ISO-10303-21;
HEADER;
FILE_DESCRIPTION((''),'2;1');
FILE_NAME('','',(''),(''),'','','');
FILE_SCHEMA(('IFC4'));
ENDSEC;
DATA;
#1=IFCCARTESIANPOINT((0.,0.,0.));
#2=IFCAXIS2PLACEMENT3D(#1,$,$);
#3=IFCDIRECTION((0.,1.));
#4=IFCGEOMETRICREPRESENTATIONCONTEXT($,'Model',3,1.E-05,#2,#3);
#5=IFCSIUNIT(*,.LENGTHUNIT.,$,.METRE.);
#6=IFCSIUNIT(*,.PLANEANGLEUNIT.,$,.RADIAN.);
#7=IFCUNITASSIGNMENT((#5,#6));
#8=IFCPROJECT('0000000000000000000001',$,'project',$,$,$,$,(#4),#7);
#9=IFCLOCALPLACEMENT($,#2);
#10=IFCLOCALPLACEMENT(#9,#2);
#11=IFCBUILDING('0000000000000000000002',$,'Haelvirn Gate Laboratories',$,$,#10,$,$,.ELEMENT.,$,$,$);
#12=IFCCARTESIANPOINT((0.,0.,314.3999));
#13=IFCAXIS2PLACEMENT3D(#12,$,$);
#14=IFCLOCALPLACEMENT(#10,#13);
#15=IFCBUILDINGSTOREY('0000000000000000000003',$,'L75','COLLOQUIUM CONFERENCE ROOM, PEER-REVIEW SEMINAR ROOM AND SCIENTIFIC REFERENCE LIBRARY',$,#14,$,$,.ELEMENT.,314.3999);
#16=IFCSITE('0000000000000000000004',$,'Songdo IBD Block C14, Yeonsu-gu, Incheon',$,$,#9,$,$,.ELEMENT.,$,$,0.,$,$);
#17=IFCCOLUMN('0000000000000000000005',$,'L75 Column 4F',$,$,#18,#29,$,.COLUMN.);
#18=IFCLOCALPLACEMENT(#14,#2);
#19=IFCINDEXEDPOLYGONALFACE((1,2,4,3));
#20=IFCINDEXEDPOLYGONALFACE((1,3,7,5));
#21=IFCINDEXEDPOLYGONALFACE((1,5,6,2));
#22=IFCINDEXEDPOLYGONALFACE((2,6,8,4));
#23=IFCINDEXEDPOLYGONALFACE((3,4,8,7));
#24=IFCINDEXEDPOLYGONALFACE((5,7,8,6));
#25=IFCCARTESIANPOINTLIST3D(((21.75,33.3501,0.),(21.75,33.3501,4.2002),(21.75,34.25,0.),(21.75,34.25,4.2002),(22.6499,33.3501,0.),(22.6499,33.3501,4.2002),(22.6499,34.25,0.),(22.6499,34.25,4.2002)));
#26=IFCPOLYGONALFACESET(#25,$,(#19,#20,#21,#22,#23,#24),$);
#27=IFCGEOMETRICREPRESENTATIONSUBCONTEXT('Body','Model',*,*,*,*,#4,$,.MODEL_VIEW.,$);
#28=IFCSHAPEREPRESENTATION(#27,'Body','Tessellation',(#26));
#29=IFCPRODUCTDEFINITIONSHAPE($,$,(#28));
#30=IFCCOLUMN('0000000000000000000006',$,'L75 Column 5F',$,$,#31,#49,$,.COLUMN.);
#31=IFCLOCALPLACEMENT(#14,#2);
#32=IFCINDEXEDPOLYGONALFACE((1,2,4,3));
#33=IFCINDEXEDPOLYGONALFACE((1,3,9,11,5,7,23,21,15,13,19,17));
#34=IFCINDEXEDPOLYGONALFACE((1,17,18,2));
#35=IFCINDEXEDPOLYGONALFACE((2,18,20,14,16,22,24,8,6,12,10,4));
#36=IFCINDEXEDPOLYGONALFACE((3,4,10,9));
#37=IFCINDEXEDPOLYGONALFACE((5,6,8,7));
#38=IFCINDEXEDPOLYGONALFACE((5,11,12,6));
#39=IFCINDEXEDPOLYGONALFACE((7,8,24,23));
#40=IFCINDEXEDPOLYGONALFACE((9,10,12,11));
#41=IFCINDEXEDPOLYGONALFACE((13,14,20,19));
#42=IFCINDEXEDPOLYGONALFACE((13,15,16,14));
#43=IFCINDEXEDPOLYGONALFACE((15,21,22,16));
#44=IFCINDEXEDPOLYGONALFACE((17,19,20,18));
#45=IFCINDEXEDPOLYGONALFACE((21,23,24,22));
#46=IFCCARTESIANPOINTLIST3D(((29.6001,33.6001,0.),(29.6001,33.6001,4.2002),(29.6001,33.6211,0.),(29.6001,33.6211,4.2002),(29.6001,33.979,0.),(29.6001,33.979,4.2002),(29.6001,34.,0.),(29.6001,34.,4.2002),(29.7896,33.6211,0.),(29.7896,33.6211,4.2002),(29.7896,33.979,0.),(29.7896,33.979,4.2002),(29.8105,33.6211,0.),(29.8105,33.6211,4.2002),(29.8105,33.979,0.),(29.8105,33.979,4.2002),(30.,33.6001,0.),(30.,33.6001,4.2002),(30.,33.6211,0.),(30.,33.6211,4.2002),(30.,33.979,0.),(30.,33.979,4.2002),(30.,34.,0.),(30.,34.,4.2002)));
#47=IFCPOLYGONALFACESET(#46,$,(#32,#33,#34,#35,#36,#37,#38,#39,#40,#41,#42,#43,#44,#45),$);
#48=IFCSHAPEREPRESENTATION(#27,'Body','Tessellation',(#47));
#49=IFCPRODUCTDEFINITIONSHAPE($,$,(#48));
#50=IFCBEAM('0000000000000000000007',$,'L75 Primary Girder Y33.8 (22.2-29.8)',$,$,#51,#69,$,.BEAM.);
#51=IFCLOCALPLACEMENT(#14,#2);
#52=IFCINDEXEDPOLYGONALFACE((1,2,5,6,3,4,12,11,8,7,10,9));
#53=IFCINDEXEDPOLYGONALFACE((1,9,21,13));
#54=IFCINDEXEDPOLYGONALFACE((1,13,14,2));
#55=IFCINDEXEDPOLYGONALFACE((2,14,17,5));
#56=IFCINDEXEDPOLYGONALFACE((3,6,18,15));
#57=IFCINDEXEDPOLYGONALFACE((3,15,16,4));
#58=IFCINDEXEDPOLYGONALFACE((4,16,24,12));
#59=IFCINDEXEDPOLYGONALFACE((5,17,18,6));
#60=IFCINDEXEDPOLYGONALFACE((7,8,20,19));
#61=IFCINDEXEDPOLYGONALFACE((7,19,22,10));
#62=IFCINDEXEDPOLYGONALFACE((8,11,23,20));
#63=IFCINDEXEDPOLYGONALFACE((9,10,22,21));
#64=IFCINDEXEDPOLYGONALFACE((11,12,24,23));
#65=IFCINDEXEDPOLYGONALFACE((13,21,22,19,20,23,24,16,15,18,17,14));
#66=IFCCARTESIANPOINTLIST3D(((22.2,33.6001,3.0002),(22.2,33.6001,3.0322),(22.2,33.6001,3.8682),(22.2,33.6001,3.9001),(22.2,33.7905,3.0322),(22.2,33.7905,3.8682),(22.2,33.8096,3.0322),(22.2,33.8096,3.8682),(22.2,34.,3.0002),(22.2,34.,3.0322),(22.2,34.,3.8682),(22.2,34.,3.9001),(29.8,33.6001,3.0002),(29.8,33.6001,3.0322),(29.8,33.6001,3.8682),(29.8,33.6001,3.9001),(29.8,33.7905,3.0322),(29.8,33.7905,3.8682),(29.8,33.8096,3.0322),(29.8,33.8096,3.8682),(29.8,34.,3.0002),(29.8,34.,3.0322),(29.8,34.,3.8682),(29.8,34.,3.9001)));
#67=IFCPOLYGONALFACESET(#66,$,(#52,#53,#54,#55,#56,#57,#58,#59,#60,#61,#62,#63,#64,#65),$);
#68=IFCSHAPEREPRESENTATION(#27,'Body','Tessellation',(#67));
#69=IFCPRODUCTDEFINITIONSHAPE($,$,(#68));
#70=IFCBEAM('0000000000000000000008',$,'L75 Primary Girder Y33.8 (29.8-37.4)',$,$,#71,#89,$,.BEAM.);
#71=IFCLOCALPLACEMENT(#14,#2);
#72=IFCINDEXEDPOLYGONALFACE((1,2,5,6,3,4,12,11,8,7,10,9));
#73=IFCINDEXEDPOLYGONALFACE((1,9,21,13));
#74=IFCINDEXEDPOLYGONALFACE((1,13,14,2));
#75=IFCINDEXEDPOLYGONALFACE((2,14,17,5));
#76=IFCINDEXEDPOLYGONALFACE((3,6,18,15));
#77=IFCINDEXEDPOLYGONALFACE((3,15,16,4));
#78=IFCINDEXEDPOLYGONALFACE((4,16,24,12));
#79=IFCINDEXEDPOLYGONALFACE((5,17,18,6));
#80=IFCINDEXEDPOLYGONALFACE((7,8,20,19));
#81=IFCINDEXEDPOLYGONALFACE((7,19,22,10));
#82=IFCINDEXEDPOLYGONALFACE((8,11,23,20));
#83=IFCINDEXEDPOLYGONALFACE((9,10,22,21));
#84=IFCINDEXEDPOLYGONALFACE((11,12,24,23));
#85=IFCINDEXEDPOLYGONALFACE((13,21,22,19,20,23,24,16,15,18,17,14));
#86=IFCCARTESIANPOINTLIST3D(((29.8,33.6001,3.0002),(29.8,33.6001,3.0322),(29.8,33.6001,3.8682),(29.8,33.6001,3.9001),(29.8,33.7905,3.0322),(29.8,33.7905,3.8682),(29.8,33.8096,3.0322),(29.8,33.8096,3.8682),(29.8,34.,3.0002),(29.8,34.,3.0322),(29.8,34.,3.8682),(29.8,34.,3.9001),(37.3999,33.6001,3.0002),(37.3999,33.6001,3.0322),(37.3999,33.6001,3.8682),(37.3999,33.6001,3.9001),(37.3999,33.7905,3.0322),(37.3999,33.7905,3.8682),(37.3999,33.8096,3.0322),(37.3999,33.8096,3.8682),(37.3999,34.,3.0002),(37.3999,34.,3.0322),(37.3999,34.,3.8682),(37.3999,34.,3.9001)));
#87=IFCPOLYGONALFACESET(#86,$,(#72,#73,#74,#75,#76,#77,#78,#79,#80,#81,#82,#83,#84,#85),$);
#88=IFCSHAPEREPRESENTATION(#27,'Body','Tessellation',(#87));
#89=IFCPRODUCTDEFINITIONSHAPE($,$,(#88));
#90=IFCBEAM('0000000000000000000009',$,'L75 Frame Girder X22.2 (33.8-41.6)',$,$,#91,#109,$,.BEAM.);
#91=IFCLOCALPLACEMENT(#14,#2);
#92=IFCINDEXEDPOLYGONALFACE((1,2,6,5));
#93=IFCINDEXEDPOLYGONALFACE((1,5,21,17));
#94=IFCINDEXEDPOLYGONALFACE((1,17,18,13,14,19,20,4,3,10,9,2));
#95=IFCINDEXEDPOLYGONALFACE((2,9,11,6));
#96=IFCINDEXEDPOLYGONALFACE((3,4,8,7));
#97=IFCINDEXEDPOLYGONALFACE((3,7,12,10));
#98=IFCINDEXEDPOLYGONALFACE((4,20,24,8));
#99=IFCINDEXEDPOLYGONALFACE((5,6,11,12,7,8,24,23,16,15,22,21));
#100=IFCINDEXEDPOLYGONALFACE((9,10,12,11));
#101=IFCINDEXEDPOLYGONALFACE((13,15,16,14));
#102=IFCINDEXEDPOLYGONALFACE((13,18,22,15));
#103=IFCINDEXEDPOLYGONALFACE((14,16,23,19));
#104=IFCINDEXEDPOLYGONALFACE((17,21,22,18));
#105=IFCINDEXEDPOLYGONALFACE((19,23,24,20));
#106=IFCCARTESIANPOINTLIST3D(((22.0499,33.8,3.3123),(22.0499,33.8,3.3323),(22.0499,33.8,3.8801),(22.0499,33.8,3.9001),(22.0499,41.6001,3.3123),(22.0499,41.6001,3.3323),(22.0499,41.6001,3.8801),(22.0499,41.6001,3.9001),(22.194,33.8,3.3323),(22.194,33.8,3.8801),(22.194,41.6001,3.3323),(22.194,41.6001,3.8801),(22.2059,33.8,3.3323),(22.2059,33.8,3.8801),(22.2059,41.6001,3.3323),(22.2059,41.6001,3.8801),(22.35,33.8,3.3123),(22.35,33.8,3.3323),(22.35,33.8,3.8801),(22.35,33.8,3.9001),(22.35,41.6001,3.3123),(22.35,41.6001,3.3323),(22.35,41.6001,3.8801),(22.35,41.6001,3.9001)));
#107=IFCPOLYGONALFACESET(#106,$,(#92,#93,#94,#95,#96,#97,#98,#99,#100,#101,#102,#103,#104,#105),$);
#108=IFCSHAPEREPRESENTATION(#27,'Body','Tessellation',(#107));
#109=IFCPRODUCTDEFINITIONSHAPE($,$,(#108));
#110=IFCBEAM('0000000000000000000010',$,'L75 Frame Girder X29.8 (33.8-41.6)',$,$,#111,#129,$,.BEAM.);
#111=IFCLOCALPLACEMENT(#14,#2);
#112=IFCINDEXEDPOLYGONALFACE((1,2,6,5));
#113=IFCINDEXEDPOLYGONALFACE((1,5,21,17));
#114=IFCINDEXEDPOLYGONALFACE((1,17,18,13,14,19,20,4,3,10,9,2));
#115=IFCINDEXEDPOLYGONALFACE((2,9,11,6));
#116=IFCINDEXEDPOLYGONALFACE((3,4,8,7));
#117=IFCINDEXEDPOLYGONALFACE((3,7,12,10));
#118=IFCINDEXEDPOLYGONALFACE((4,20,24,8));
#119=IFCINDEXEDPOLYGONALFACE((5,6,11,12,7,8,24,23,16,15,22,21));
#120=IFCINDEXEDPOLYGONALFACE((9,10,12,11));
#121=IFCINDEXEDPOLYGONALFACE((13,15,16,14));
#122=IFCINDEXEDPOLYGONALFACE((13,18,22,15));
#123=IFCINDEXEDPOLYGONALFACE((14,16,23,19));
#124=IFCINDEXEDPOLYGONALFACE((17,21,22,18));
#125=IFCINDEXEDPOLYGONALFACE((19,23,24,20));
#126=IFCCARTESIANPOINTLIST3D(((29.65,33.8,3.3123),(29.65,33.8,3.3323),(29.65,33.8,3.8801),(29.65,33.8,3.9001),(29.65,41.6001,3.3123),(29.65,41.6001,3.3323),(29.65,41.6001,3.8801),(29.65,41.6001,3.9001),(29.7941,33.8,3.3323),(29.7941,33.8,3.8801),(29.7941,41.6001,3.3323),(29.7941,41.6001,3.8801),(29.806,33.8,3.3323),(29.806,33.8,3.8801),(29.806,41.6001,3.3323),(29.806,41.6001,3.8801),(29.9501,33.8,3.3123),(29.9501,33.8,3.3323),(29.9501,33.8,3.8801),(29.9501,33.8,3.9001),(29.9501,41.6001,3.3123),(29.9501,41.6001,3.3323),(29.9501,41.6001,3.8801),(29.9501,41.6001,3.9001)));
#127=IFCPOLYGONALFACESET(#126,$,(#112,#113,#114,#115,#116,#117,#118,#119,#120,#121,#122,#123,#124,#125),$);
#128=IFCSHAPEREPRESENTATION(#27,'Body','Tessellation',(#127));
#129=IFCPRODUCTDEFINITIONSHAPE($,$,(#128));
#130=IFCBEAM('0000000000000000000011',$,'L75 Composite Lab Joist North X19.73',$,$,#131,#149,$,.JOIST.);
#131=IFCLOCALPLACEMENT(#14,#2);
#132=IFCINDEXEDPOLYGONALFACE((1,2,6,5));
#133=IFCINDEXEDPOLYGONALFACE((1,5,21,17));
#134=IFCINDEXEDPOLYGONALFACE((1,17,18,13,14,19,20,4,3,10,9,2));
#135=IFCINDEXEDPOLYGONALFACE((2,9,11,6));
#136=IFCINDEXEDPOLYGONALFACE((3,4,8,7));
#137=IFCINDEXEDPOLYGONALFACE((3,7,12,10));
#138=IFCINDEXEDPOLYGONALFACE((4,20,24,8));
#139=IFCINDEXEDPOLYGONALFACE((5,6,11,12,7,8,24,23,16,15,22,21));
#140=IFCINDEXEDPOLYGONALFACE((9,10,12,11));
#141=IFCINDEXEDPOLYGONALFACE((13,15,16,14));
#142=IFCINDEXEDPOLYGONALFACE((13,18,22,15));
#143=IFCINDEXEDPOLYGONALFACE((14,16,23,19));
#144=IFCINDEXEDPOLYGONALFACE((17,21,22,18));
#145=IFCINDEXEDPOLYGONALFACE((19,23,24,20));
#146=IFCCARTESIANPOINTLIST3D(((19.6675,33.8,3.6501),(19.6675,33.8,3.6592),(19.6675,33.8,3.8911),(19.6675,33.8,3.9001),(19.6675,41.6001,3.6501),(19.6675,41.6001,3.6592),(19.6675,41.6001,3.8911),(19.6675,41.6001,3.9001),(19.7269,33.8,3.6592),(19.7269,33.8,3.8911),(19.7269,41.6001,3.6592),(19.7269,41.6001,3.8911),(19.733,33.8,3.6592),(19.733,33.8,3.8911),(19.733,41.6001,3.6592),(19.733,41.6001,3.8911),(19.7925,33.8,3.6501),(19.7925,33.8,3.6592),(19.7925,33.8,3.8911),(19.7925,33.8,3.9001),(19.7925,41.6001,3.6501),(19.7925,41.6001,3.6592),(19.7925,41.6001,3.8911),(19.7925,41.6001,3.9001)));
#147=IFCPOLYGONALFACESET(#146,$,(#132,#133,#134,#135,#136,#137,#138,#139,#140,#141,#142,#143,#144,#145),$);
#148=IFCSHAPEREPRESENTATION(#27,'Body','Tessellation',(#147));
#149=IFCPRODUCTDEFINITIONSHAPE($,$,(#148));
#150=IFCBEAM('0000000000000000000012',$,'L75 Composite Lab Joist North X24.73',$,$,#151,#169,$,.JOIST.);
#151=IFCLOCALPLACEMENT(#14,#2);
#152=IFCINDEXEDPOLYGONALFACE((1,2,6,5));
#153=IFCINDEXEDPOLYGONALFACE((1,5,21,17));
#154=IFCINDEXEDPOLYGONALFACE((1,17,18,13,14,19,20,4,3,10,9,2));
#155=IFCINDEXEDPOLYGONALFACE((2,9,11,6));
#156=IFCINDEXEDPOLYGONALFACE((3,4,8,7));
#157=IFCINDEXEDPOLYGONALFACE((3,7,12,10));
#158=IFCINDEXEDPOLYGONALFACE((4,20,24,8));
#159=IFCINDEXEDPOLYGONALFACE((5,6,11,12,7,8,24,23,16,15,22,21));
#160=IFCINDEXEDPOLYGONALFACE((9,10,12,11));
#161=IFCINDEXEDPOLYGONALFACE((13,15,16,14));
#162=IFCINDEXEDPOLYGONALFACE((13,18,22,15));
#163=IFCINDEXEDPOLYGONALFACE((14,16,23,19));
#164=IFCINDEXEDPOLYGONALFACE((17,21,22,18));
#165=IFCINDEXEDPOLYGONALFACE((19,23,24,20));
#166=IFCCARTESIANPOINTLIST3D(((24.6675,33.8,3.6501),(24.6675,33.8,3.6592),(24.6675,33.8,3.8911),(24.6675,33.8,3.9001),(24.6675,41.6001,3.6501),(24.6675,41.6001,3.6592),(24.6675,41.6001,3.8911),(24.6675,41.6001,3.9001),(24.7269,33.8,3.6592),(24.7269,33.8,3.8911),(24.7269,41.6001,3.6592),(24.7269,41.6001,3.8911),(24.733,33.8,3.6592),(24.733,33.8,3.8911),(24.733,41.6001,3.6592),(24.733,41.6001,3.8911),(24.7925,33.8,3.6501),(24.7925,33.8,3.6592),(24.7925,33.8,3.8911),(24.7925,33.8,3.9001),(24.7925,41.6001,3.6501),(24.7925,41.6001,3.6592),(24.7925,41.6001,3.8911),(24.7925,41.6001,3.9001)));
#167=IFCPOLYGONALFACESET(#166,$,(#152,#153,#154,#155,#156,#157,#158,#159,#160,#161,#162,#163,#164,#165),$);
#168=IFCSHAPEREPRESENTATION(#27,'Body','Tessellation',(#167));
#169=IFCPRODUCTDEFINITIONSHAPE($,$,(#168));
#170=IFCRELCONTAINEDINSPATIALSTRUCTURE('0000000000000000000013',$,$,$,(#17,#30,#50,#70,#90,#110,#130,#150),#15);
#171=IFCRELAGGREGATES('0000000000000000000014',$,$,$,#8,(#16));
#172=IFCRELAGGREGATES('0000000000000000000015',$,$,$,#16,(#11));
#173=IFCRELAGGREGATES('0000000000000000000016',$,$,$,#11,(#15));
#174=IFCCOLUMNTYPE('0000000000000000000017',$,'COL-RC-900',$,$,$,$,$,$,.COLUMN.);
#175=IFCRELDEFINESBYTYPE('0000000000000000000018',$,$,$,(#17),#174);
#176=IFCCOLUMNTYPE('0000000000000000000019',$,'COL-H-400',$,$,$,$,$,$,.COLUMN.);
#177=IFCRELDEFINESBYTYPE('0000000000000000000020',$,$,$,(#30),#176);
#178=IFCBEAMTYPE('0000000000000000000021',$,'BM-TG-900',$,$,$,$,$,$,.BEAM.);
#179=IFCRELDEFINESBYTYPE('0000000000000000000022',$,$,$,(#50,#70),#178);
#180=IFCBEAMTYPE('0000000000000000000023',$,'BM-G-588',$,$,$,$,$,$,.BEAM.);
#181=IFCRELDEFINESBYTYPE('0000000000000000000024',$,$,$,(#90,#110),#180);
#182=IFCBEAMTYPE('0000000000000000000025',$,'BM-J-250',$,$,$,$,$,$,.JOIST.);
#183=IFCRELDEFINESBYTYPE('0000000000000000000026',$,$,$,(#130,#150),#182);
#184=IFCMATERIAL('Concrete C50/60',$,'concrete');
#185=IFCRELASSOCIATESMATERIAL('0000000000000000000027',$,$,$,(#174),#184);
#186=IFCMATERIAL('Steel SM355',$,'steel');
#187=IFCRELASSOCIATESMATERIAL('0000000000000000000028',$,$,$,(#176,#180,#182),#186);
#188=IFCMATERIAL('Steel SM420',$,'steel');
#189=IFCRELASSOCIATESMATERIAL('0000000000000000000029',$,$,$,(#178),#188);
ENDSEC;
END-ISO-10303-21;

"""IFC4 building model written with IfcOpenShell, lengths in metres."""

from ifc_helpers import new_model, si_unit, direction, frame, origin, origin_2d, place, context, subcontext, project, spatial, rectangle, i_section, extrude, source, transform, mapped, material, material_profile, profile_set, type_object, type_shapes, element, save


model = new_model("IFC4")

# Units and contexts
model_context = context("Model", 3, precision=1e-05, world=origin(), true_north=direction((0.0, 1.0)))
body_context = subcontext(model_context, "Body", "Model", "MODEL_VIEW")
ifc_project = project(units=[si_unit("LENGTHUNIT", "METRE"), si_unit("PLANEANGLEUNIT", "RADIAN")], contexts=[model_context])

# Site, building, storey
site_placement = place(None, origin())
site = spatial("IfcSite", under=ifc_project, at=site_placement, Name="Songdo IBD Block C14, Yeonsu-gu, Incheon", CompositionType="ELEMENT", RefElevation=0.0)
building_placement = place(site_placement, origin())
building = spatial("IfcBuilding", under=site, at=building_placement, Name="Haelvirn Gate Laboratories", CompositionType="ELEMENT")
storey_placement = place(building_placement, frame((0.0, 0.0, 314.3999)))
storey = spatial("IfcBuildingStorey", under=building, at=storey_placement, Name="L75", Description="COLLOQUIUM CONFERENCE ROOM, PEER-REVIEW SEMINAR ROOM AND SCIENTIFIC REFERENCE LIBRARY", CompositionType="ELEMENT", Elevation=314.3999)

# Columns
ifc_material_1 = material(Name="Concrete C50/60", Category="concrete")
ifc_material_profile_1 = material_profile(ifc_material_1, rectangle(XDim=0.8999, YDim=0.8999, at=origin_2d()), Name="RC-900x900")
ifc_profile_set_1 = profile_set([ifc_material_profile_1], Name="Concrete C50/60")
column_type_1 = type_object("IfcColumnType", Name="COL-RC-900", PredefinedType="COLUMN", material=ifc_profile_set_1)
shared_shape_1 = source(origin(), body_context, "Body", "SweptSolid", [
    extrude(rectangle(XDim=0.8999, YDim=0.8999, at=origin_2d()), origin(), (0.0, 0.0, 1.0), 4.2002),
])
type_shapes(column_type_1, [shared_shape_1])
column_1_placement = place(storey_placement, frame((22.2, 33.8, 0.0), z_axis=(0.0, 0.0, 1.0), x_axis=(1.0, 0.0, 0.0)))
element("IfcColumn", 1, at=column_1_placement, inside=storey, type_object=column_type_1, Name="L75 Column 4F", PredefinedType="COLUMN", context=body_context, shape_type="MappedRepresentation", body=[
    mapped(shared_shape_1, transform((0.0, 0.0, 0.0), scale=1.0)),
])
ifc_material_2 = material(Name="Steel SM355", Category="steel")
ifc_material_profile_2 = material_profile(ifc_material_2, i_section(OverallWidth=0.3999, OverallDepth=0.3999, WebThickness=0.021, FlangeThickness=0.021, at=origin_2d()), Name="H-400x400x21x21")
ifc_profile_set_2 = profile_set([ifc_material_profile_2], Name="Steel SM355")
column_type_2 = type_object("IfcColumnType", Name="COL-H-400", PredefinedType="COLUMN", material=ifc_profile_set_2)
shared_shape_2 = source(origin(), body_context, "Body", "SweptSolid", [
    extrude(i_section(OverallWidth=0.3999, OverallDepth=0.3999, WebThickness=0.021, FlangeThickness=0.021, at=origin_2d()), origin(), (0.0, 0.0, 1.0), 4.2002),
])
type_shapes(column_type_2, [shared_shape_2])
column_2_placement = place(storey_placement, frame((29.8, 33.8, 0.0), z_axis=(0.0, 0.0, 1.0), x_axis=(1.0, 0.0, 0.0)))
element("IfcColumn", 2, at=column_2_placement, inside=storey, type_object=column_type_2, Name="L75 Column 5F", PredefinedType="COLUMN", context=body_context, shape_type="MappedRepresentation", body=[
    mapped(shared_shape_2, transform((0.0, 0.0, 0.0), scale=1.0)),
])

# Beams
ifc_material_3 = material(Name="Steel SM420", Category="steel")
ifc_material_profile_3 = material_profile(ifc_material_3, i_section(OverallWidth=0.3999, OverallDepth=0.8999, WebThickness=0.019, FlangeThickness=0.032, at=origin_2d()), Name="H-900x400x19x32")
ifc_profile_set_3 = profile_set([ifc_material_profile_3], Name="Steel SM420")
beam_type_1 = type_object("IfcBeamType", Name="BM-TG-900", PredefinedType="BEAM", material=ifc_profile_set_3)
shared_shape_3 = source(origin(), body_context, "Body", "SweptSolid", [
    extrude(i_section(OverallWidth=0.3999, OverallDepth=0.8999, WebThickness=0.019, FlangeThickness=0.032, at=origin_2d()), origin(), (0.0, 0.0, 1.0), 7.6001),
])
beam_1_placement = place(storey_placement, frame((22.2, 33.8, 3.4502), z_axis=(1.0, 0.0, 0.0), x_axis=(0.0, 1.0, 0.0)))
element("IfcBeam", 3, at=beam_1_placement, inside=storey, type_object=beam_type_1, Name="L75 Primary Girder Y33.8 (22.2-29.8)", PredefinedType="BEAM", context=body_context, shape_type="MappedRepresentation", body=[
    mapped(shared_shape_3, transform((0.0, 0.0, 0.0), scale=1.0)),
])
shared_shape_4 = source(origin(), body_context, "Body", "SweptSolid", [
    extrude(i_section(OverallWidth=0.3999, OverallDepth=0.8999, WebThickness=0.019, FlangeThickness=0.032, at=origin_2d()), origin(), (0.0, 0.0, 1.0), 7.5999),
])
type_shapes(beam_type_1, [shared_shape_3, shared_shape_4])
beam_2_placement = place(storey_placement, frame((29.8, 33.8, 3.4502), z_axis=(1.0, 0.0, 0.0), x_axis=(0.0, 1.0, 0.0)))
element("IfcBeam", 4, at=beam_2_placement, inside=storey, type_object=beam_type_1, Name="L75 Primary Girder Y33.8 (29.8-37.4)", PredefinedType="BEAM", context=body_context, shape_type="MappedRepresentation", body=[
    mapped(shared_shape_4, transform((0.0, 0.0, 0.0), scale=1.0)),
])
ifc_material_profile_4 = material_profile(ifc_material_2, i_section(OverallWidth=0.3, OverallDepth=0.5879, WebThickness=0.012, FlangeThickness=0.02, at=origin_2d()), Name="H-588x300x12x20")
ifc_profile_set_4 = profile_set([ifc_material_profile_4], Name="Steel SM355")
beam_type_2 = type_object("IfcBeamType", Name="BM-G-588", PredefinedType="BEAM", material=ifc_profile_set_4)
shared_shape_5 = source(origin(), body_context, "Body", "SweptSolid", [
    extrude(i_section(OverallWidth=0.3, OverallDepth=0.5879, WebThickness=0.012, FlangeThickness=0.02, at=origin_2d()), origin(), (0.0, 0.0, 1.0), 7.8),
])
type_shapes(beam_type_2, [shared_shape_5])
for number, where, z_axis, x_axis, name in (
    (5, (22.2, 33.8, 3.6062), (0.0, 1.0, 0.0), (-1.0, 0.0, 0.0), "L75 Frame Girder X22.2 (33.8-41.6)"),
    (6, (29.8, 33.8, 3.6062), (0.0, 1.0, 0.0), (-1.0, 0.0, 0.0), "L75 Frame Girder X29.8 (33.8-41.6)"),
):
    element("IfcBeam", number, at=place(storey_placement, frame(where, z_axis=z_axis, x_axis=x_axis)), inside=storey, type_object=beam_type_2, Name=name, PredefinedType="BEAM", context=body_context, shape_type="MappedRepresentation", body=[
        mapped(shared_shape_5, transform((0.0, 0.0, 0.0), scale=1.0)),
    ])
ifc_material_profile_5 = material_profile(ifc_material_2, i_section(OverallWidth=0.125, OverallDepth=0.25, WebThickness=0.0061, FlangeThickness=0.009, at=origin_2d()), Name="H-250x125x6x9")
ifc_profile_set_5 = profile_set([ifc_material_profile_5], Name="Steel SM355")
beam_type_3 = type_object("IfcBeamType", Name="BM-J-250", PredefinedType="JOIST", material=ifc_profile_set_5)
shared_shape_6 = source(origin(), body_context, "Body", "SweptSolid", [
    extrude(i_section(OverallWidth=0.125, OverallDepth=0.25, WebThickness=0.0061, FlangeThickness=0.009, at=origin_2d()), origin(), (0.0, 0.0, 1.0), 7.8),
])
type_shapes(beam_type_3, [shared_shape_6])
for number, where, z_axis, x_axis, name in (
    (7, (19.73, 33.8, 3.7751), (0.0, 1.0, 0.0), (-1.0, 0.0, 0.0), "L75 Composite Lab Joist North X19.73"),
    (8, (24.73, 33.8, 3.7751), (0.0, 1.0, 0.0), (-1.0, 0.0, 0.0), "L75 Composite Lab Joist North X24.73"),
):
    element("IfcBeam", number, at=place(storey_placement, frame(where, z_axis=z_axis, x_axis=x_axis)), inside=storey, type_object=beam_type_3, Name=name, PredefinedType="JOIST", context=body_context, shape_type="MappedRepresentation", body=[
        mapped(shared_shape_6, transform((0.0, 0.0, 0.0), scale=1.0)),
    ])

save(model, "model.ifc")
